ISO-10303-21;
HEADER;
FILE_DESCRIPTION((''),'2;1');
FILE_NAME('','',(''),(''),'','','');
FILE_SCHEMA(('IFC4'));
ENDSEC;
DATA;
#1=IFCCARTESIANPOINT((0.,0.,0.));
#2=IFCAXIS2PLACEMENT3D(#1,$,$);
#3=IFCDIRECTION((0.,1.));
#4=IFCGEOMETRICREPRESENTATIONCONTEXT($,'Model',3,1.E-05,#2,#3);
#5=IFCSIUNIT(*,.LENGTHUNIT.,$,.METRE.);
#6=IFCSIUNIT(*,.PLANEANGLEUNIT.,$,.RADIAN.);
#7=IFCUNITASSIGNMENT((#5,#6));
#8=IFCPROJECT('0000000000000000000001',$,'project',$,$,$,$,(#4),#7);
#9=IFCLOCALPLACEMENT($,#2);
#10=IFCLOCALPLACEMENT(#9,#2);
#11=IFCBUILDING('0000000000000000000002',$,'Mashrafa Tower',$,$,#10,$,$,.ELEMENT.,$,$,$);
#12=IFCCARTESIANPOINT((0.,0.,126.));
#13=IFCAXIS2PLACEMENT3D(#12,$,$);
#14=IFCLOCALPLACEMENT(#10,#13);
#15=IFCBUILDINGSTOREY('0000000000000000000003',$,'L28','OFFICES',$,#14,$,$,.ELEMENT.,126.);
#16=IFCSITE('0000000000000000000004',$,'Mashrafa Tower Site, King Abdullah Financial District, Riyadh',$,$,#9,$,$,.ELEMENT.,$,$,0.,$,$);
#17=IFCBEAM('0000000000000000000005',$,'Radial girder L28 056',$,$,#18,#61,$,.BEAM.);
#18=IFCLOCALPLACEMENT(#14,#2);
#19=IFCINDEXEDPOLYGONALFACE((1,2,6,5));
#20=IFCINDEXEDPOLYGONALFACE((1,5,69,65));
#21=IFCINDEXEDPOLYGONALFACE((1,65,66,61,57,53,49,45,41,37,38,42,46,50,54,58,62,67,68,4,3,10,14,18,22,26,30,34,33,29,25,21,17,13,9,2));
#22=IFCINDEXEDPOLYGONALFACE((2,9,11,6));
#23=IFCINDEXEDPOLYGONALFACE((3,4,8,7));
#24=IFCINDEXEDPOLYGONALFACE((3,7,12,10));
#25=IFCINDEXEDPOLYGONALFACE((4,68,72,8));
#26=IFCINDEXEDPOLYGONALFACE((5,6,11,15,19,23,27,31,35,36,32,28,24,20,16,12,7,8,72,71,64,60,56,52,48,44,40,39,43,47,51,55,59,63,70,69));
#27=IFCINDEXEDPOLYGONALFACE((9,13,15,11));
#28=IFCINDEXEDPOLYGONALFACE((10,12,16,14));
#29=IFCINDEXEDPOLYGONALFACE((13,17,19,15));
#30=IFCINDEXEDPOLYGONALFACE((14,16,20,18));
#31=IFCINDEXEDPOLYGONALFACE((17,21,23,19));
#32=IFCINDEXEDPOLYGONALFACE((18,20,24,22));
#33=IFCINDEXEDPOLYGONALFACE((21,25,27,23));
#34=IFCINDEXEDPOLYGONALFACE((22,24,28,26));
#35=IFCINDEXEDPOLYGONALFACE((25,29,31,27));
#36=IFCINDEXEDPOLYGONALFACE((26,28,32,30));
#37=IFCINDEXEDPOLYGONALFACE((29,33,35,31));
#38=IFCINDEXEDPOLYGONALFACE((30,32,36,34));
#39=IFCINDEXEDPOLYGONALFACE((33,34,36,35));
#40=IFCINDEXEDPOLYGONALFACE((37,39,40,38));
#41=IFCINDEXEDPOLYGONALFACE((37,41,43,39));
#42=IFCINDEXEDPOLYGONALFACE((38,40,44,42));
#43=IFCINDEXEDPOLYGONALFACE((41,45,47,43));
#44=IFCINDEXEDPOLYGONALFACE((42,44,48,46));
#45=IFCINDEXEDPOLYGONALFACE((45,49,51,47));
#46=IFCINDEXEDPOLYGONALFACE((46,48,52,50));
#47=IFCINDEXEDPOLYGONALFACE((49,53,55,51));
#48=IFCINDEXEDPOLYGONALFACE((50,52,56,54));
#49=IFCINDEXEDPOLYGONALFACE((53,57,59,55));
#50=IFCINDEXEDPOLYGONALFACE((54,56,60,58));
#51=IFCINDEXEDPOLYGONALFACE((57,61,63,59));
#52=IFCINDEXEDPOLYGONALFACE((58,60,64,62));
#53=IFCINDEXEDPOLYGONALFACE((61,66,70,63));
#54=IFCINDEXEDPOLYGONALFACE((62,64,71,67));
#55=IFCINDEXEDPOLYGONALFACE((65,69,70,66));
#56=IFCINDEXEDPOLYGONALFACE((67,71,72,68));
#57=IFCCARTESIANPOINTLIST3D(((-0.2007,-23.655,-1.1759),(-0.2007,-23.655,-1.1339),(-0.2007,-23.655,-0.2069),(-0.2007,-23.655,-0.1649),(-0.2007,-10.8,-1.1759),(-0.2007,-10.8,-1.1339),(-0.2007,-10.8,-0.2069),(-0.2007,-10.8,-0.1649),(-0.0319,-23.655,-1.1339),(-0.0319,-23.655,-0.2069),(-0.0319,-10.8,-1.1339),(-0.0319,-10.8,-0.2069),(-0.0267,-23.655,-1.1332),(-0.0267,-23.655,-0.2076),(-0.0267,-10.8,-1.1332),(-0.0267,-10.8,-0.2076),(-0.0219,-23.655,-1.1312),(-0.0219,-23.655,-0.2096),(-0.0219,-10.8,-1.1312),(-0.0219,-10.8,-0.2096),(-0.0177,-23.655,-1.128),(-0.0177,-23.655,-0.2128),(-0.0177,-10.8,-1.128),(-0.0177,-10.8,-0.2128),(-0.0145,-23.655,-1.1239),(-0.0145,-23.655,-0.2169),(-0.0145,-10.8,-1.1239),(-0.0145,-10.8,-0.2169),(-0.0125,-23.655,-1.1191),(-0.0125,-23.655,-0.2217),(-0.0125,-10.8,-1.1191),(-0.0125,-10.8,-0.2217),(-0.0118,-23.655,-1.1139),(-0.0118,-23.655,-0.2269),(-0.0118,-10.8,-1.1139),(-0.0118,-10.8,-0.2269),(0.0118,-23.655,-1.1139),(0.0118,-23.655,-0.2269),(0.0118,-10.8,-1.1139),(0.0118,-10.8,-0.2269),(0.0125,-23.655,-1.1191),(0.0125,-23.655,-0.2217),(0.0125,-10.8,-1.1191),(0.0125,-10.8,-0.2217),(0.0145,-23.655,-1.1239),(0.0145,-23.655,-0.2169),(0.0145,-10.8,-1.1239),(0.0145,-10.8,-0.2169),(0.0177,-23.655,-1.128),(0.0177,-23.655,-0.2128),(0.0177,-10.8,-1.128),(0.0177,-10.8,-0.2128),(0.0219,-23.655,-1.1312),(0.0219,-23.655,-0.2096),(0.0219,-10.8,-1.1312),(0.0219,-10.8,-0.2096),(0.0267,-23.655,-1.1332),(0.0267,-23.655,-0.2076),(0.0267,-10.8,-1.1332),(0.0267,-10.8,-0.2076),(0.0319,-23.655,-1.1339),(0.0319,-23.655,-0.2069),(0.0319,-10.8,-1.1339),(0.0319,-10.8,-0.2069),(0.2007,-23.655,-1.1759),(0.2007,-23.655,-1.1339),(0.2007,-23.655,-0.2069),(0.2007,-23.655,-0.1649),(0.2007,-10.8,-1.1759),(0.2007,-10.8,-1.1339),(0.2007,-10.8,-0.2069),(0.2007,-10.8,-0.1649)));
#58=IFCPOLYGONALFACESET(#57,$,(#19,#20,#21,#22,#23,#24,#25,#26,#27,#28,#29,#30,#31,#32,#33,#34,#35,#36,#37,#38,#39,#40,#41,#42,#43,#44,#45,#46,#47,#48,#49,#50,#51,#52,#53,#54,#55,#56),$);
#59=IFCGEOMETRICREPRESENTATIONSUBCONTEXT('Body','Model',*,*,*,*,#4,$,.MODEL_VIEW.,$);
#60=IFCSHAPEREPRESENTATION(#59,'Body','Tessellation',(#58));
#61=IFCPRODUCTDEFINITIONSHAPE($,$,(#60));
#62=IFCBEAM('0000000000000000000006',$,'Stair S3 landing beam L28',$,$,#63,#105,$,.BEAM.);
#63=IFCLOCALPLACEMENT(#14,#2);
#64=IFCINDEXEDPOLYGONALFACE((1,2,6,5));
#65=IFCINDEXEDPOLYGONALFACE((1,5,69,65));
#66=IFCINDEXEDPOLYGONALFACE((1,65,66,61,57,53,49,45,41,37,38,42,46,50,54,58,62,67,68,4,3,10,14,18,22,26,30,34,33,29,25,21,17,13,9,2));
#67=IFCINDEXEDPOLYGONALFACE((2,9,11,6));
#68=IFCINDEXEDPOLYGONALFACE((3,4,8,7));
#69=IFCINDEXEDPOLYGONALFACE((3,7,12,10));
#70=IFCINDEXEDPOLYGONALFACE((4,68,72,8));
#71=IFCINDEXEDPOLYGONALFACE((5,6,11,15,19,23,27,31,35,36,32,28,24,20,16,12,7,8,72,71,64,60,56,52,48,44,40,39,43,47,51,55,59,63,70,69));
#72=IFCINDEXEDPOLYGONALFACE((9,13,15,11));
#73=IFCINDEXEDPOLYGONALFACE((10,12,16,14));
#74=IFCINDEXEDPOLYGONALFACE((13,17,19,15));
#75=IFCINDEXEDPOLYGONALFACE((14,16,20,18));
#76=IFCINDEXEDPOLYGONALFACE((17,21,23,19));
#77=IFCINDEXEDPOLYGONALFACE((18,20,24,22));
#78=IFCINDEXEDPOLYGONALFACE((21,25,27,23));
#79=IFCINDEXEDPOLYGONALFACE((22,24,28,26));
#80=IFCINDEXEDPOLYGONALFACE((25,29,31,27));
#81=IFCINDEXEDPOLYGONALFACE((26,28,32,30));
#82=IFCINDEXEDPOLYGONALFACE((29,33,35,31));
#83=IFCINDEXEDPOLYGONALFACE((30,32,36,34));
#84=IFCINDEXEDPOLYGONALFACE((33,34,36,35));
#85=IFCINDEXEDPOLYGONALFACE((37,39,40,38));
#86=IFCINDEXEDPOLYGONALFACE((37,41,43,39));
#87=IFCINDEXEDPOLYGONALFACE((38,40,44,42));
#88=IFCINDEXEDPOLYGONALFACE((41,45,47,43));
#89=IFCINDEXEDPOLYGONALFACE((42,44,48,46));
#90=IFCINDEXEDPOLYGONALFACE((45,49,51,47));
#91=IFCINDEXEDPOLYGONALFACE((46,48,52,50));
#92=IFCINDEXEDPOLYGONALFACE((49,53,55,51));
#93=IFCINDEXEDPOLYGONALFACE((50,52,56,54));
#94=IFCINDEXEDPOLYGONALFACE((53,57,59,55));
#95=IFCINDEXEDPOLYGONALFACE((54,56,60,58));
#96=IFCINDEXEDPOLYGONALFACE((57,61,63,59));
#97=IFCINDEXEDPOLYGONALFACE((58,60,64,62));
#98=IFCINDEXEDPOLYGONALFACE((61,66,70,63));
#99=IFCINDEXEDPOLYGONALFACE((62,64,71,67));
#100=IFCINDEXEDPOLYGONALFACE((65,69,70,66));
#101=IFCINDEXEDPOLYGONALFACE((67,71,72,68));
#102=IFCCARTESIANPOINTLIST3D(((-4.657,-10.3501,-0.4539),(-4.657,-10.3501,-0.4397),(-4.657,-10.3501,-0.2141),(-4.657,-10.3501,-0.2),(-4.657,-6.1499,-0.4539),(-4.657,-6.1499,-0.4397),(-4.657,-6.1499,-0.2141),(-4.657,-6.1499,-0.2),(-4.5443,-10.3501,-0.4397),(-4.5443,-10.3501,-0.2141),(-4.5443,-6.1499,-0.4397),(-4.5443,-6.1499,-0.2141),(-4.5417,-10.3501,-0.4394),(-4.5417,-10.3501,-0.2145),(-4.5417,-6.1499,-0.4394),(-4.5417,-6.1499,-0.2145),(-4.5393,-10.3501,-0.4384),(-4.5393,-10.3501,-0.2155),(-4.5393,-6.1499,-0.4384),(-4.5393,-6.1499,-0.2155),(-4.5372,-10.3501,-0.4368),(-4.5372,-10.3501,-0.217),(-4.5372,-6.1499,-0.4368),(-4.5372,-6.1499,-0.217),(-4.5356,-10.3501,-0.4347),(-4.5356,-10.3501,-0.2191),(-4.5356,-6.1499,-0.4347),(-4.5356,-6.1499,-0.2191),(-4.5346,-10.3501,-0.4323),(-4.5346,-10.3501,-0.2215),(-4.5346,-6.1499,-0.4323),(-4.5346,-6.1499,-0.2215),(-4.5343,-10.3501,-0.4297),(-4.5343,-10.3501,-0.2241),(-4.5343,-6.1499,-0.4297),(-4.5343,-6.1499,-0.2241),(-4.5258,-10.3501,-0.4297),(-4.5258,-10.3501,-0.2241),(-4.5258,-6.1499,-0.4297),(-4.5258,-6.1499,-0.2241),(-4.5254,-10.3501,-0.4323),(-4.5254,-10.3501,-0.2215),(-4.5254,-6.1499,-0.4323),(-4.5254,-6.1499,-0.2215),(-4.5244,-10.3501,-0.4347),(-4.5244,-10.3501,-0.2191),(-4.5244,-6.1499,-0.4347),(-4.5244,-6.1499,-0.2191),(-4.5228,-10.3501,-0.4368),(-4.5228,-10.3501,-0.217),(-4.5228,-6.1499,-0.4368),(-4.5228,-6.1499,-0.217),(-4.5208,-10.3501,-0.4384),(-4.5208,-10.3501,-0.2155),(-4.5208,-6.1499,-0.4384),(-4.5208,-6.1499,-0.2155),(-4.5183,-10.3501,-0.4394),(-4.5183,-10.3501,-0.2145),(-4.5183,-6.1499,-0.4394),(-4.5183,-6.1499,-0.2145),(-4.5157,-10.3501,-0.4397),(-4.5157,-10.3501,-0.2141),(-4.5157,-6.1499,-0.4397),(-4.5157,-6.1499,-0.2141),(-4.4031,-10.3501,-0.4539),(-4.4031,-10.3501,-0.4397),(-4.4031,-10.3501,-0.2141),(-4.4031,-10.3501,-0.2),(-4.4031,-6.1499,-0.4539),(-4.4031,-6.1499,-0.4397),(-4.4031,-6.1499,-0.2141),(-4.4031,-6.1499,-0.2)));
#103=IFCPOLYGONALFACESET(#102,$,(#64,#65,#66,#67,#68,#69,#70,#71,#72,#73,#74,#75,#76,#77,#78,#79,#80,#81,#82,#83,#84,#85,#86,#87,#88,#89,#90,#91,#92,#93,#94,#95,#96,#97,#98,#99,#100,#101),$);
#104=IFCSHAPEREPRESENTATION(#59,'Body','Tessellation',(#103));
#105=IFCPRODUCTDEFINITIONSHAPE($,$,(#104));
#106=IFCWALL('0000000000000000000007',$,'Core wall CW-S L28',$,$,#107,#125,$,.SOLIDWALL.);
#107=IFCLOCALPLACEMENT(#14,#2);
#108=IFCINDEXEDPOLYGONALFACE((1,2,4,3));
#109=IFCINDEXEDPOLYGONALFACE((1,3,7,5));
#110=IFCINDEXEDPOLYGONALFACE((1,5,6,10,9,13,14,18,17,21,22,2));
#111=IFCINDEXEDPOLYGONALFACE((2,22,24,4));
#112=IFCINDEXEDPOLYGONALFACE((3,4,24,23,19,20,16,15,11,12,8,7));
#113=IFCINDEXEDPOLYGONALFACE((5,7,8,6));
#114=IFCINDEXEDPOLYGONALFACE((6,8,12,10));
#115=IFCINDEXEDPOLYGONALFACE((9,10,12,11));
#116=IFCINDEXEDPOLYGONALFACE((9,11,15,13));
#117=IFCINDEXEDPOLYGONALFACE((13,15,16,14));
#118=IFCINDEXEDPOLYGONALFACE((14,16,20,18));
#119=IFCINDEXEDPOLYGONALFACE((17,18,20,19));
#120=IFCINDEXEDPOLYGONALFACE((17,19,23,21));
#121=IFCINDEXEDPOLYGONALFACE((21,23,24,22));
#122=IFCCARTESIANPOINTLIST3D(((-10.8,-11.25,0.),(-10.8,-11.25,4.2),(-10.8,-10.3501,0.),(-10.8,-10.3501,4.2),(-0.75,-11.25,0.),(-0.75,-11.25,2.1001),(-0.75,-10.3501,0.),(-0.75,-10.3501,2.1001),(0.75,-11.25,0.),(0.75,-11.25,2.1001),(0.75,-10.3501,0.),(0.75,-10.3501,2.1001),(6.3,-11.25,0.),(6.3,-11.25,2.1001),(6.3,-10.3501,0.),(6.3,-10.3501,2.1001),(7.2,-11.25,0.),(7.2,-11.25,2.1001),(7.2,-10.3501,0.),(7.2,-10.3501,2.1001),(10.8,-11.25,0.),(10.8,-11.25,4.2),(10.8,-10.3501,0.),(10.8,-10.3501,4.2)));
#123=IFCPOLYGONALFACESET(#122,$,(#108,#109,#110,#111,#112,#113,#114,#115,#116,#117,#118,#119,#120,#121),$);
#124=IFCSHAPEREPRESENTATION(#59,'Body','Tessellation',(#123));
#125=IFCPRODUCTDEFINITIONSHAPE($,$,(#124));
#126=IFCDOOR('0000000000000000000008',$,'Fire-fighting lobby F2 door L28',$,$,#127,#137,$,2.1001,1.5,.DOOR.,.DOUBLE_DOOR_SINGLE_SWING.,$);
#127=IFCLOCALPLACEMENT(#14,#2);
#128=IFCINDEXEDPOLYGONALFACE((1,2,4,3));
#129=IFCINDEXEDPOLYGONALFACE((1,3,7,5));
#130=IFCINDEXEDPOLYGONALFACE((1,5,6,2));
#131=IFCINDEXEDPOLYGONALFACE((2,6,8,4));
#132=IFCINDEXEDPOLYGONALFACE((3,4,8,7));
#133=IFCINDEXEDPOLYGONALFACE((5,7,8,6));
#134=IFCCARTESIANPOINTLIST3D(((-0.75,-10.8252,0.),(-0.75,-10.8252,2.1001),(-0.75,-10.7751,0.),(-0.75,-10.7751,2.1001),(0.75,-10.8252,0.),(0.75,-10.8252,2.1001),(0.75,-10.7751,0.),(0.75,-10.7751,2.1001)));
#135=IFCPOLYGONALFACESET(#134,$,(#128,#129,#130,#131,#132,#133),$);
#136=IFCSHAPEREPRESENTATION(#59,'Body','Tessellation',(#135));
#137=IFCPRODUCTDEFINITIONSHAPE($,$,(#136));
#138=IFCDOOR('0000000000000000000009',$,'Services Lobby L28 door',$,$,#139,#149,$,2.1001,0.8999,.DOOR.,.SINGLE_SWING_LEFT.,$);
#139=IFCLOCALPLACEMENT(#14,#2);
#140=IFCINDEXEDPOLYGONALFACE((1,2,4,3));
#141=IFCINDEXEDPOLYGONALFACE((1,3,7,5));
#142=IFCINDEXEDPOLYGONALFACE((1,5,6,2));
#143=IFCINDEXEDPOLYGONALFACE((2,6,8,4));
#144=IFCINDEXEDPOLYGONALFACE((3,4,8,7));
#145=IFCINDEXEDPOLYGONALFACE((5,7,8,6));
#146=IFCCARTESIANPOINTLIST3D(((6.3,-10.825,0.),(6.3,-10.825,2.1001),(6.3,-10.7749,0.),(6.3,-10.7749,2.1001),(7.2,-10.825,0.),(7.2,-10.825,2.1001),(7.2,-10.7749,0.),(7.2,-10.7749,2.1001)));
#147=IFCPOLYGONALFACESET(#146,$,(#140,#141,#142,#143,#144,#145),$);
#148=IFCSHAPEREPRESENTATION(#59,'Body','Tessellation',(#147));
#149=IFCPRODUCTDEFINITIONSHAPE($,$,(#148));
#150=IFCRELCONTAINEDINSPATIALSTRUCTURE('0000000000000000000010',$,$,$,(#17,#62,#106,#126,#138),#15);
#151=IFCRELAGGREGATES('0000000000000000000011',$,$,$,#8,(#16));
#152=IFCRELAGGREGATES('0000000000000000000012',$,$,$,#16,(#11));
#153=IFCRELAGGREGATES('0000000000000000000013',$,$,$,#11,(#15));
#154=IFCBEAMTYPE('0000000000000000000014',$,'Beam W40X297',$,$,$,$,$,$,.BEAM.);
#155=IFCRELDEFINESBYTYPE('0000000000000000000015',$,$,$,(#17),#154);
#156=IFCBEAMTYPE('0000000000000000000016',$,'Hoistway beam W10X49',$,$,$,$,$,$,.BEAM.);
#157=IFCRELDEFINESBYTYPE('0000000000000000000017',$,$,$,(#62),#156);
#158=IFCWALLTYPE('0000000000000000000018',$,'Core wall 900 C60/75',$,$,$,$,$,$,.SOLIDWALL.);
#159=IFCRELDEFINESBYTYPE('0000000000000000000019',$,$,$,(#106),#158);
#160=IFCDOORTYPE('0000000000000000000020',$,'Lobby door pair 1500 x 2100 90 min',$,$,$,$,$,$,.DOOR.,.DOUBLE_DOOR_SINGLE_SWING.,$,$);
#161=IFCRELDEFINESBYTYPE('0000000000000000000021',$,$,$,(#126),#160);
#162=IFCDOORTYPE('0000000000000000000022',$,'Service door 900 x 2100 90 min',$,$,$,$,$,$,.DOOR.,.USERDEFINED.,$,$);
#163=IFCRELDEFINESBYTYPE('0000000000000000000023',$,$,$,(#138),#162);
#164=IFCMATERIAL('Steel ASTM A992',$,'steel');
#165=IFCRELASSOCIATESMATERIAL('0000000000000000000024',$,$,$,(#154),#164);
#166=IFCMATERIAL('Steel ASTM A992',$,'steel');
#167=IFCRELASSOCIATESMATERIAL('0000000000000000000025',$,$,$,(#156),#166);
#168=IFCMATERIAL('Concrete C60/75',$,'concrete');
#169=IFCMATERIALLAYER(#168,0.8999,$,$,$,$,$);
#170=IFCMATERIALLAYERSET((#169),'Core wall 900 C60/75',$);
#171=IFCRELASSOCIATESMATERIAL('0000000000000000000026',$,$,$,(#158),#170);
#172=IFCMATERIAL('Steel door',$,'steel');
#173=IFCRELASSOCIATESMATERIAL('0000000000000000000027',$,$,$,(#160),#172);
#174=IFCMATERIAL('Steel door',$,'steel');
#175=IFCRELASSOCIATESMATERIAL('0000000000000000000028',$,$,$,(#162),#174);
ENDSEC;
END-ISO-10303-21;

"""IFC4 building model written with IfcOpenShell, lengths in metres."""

from ifc_helpers import new_model, si_unit, direction, frame, frame_2d, origin, origin_2d, place, context, subcontext, project, spatial, rectangle, i_section, extrude, material, layer, layer_set, material_profile, profile_set, type_object, element, fill, save


model = new_model("IFC4")

# Units and contexts
model_context = context("Model", 3, precision=1e-05, world=origin(), true_north=direction((0.0, 1.0)))
body_context = subcontext(model_context, "Body", "Model", "MODEL_VIEW")
ifc_project = project(units=[si_unit("LENGTHUNIT", "METRE"), si_unit("PLANEANGLEUNIT", "RADIAN")], contexts=[model_context])

# Site, building, storey
site_placement = place(None, origin())
site = spatial("IfcSite", under=ifc_project, at=site_placement, Name="Mashrafa Tower Site, King Abdullah Financial District, Riyadh", CompositionType="ELEMENT", RefElevation=0.0)
building_placement = place(site_placement, origin())
building = spatial("IfcBuilding", under=site, at=building_placement, Name="Mashrafa Tower", CompositionType="ELEMENT")
storey_placement = place(building_placement, frame((0.0, 0.0, 126.0)))
storey = spatial("IfcBuildingStorey", under=building, at=storey_placement, Name="L28", Description="OFFICES", CompositionType="ELEMENT", Elevation=126.0)

# Beams
ifc_material_1 = material(Name="Steel ASTM A992", Category="steel")
ifc_material_profile_1 = material_profile(ifc_material_1, i_section(OverallWidth=0.4014, OverallDepth=1.011, WebThickness=0.0237, FlangeThickness=0.042, FilletRadius=0.02, at=origin_2d()), Name="W40X297")
ifc_profile_set_1 = profile_set([ifc_material_profile_1], Name="Steel ASTM A992")
beam_type_1 = type_object("IfcBeamType", Name="Beam W40X297", PredefinedType="BEAM", material=ifc_profile_set_1)
beam_1_placement = place(storey_placement, frame((0.0, -10.8, -0.6704), z_axis=(0.0, -1.0, 0.0), x_axis=(1.0, 0.0, 0.0)))
element("IfcBeam", 1, at=beam_1_placement, inside=storey, type_object=beam_type_1, Name="Radial girder L28 056", PredefinedType="BEAM", context=body_context, shape_type="SweptSolid", body=[
    extrude(i_section(OverallWidth=0.4014, OverallDepth=1.011, WebThickness=0.0237, FlangeThickness=0.042, FilletRadius=0.02, at=origin_2d()), origin(), (0.0, 0.0, 1.0), 12.855),
])
ifc_material_2 = material(Name="Steel ASTM A992", Category="steel")
ifc_material_profile_2 = material_profile(ifc_material_2, i_section(OverallWidth=0.2539, OverallDepth=0.2539, WebThickness=0.0085, FlangeThickness=0.0142, FilletRadius=0.01, at=origin_2d()), Name="W10X49")
ifc_profile_set_2 = profile_set([ifc_material_profile_2], Name="Steel ASTM A992")
beam_type_2 = type_object("IfcBeamType", Name="Hoistway beam W10X49", PredefinedType="BEAM", material=ifc_profile_set_2)
beam_2_placement = place(storey_placement, frame((-4.53, -10.3501, -0.3269), z_axis=(0.0, 1.0, 0.0), x_axis=(-1.0, 0.0, 0.0)))
element("IfcBeam", 2, at=beam_2_placement, inside=storey, type_object=beam_type_2, Name="Stair S3 landing beam L28", PredefinedType="BEAM", context=body_context, shape_type="SweptSolid", body=[
    extrude(i_section(OverallWidth=0.2539, OverallDepth=0.2539, WebThickness=0.0085, FlangeThickness=0.0142, FilletRadius=0.01, at=origin_2d()), origin(), (0.0, 0.0, 1.0), 4.2002),
])

# Wall, openings, doors
ifc_material_3 = material(Name="Concrete C60/75", Category="concrete")
ifc_layer_1 = layer(ifc_material_3, 0.8999)
ifc_layer_set_1 = layer_set([ifc_layer_1], Name="Core wall 900 C60/75")
wall_type_1 = type_object("IfcWallType", Name="Core wall 900 C60/75", PredefinedType="SOLIDWALL", material=ifc_layer_set_1)
wall_1_placement = place(storey_placement, frame((-10.8, -10.8, 0.0), z_axis=(0.0, 0.0, 1.0), x_axis=(1.0, 0.0, 0.0)))
wall_1 = element("IfcWall", 3, at=wall_1_placement, inside=storey, type_object=wall_type_1, Name="Core wall CW-S L28", PredefinedType="SOLIDWALL", context=body_context, shape_type="SweptSolid", body=[
    extrude(rectangle(XDim=21.6001, YDim=0.8999, at=frame_2d((10.8, 0.0))), origin(), (0.0, 0.0, 1.0), 4.2),
])
opening_1_placement = place(wall_1_placement, frame((10.05, 0.0, 0.0)))
opening_1 = element("IfcOpeningElement", 4, at=opening_1_placement, cuts=wall_1, PredefinedType="OPENING", context=body_context, shape_type="SweptSolid", body=[
    extrude(rectangle(XDim=1.5, YDim=2.1001, at=frame_2d((0.75, 1.05))), frame((0.0, 0.46, 0.0), z_axis=(0.0, -1.0, 0.0), x_axis=(1.0, 0.0, 0.0)), (0.0, 0.0, 1.0), 0.9199),
])
opening_2_placement = place(wall_1_placement, frame((17.1001, 0.0, 0.0)))
opening_2 = element("IfcOpeningElement", 5, at=opening_2_placement, cuts=wall_1, PredefinedType="OPENING", context=body_context, shape_type="SweptSolid", body=[
    extrude(rectangle(XDim=0.8999, YDim=2.1001, at=frame_2d((0.45, 1.05))), frame((0.0, 0.46, 0.0), z_axis=(0.0, -1.0, 0.0), x_axis=(1.0, 0.0, 0.0)), (0.0, 0.0, 1.0), 0.9199),
])
ifc_material_4 = material(Name="Steel door", Category="steel")
door_type_1 = type_object("IfcDoorType", Name="Lobby door pair 1500 x 2100 90 min", OperationType="DOUBLE_DOOR_SINGLE_SWING", PredefinedType="DOOR", material=ifc_material_4)
door_1_placement = place(opening_1_placement, origin())
door_1 = element("IfcDoor", 6, at=door_1_placement, inside=storey, type_object=door_type_1, Name="Fire-fighting lobby F2 door L28", OperationType="DOUBLE_DOOR_SINGLE_SWING", OverallHeight=2.1001, OverallWidth=1.5, PredefinedType="DOOR", context=body_context, shape_type="SweptSolid", body=[
    extrude(rectangle(XDim=1.5, YDim=2.1001, at=frame_2d((0.75, 1.05))), frame((0.0, 0.0249, 0.0), z_axis=(0.0, -1.0, 0.0), x_axis=(1.0, 0.0, 0.0)), (0.0, 0.0, 1.0), 0.05),
])
fill(opening_1, door_1)
ifc_material_5 = material(Name="Steel door", Category="steel")
door_type_2 = type_object("IfcDoorType", Name="Service door 900 x 2100 90 min", OperationType="USERDEFINED", PredefinedType="DOOR", material=ifc_material_5)
door_2_placement = place(opening_2_placement, frame((0.8999, 0.0, 0.0), z_axis=(0.0, 0.0, 1.0), x_axis=(-1.0, 0.0, 0.0)))
door_2 = element("IfcDoor", 7, at=door_2_placement, inside=storey, type_object=door_type_2, Name="Services Lobby L28 door", OperationType="SINGLE_SWING_LEFT", OverallHeight=2.1001, OverallWidth=0.8999, PredefinedType="DOOR", context=body_context, shape_type="SweptSolid", body=[
    extrude(rectangle(XDim=0.8999, YDim=2.1001, at=frame_2d((0.45, 1.05))), frame((0.0, 0.0249, 0.0), z_axis=(0.0, -1.0, 0.0), x_axis=(1.0, 0.0, 0.0)), (0.0, 0.0, 1.0), 0.05),
])
fill(opening_2, door_2)

save(model, "model.ifc")
